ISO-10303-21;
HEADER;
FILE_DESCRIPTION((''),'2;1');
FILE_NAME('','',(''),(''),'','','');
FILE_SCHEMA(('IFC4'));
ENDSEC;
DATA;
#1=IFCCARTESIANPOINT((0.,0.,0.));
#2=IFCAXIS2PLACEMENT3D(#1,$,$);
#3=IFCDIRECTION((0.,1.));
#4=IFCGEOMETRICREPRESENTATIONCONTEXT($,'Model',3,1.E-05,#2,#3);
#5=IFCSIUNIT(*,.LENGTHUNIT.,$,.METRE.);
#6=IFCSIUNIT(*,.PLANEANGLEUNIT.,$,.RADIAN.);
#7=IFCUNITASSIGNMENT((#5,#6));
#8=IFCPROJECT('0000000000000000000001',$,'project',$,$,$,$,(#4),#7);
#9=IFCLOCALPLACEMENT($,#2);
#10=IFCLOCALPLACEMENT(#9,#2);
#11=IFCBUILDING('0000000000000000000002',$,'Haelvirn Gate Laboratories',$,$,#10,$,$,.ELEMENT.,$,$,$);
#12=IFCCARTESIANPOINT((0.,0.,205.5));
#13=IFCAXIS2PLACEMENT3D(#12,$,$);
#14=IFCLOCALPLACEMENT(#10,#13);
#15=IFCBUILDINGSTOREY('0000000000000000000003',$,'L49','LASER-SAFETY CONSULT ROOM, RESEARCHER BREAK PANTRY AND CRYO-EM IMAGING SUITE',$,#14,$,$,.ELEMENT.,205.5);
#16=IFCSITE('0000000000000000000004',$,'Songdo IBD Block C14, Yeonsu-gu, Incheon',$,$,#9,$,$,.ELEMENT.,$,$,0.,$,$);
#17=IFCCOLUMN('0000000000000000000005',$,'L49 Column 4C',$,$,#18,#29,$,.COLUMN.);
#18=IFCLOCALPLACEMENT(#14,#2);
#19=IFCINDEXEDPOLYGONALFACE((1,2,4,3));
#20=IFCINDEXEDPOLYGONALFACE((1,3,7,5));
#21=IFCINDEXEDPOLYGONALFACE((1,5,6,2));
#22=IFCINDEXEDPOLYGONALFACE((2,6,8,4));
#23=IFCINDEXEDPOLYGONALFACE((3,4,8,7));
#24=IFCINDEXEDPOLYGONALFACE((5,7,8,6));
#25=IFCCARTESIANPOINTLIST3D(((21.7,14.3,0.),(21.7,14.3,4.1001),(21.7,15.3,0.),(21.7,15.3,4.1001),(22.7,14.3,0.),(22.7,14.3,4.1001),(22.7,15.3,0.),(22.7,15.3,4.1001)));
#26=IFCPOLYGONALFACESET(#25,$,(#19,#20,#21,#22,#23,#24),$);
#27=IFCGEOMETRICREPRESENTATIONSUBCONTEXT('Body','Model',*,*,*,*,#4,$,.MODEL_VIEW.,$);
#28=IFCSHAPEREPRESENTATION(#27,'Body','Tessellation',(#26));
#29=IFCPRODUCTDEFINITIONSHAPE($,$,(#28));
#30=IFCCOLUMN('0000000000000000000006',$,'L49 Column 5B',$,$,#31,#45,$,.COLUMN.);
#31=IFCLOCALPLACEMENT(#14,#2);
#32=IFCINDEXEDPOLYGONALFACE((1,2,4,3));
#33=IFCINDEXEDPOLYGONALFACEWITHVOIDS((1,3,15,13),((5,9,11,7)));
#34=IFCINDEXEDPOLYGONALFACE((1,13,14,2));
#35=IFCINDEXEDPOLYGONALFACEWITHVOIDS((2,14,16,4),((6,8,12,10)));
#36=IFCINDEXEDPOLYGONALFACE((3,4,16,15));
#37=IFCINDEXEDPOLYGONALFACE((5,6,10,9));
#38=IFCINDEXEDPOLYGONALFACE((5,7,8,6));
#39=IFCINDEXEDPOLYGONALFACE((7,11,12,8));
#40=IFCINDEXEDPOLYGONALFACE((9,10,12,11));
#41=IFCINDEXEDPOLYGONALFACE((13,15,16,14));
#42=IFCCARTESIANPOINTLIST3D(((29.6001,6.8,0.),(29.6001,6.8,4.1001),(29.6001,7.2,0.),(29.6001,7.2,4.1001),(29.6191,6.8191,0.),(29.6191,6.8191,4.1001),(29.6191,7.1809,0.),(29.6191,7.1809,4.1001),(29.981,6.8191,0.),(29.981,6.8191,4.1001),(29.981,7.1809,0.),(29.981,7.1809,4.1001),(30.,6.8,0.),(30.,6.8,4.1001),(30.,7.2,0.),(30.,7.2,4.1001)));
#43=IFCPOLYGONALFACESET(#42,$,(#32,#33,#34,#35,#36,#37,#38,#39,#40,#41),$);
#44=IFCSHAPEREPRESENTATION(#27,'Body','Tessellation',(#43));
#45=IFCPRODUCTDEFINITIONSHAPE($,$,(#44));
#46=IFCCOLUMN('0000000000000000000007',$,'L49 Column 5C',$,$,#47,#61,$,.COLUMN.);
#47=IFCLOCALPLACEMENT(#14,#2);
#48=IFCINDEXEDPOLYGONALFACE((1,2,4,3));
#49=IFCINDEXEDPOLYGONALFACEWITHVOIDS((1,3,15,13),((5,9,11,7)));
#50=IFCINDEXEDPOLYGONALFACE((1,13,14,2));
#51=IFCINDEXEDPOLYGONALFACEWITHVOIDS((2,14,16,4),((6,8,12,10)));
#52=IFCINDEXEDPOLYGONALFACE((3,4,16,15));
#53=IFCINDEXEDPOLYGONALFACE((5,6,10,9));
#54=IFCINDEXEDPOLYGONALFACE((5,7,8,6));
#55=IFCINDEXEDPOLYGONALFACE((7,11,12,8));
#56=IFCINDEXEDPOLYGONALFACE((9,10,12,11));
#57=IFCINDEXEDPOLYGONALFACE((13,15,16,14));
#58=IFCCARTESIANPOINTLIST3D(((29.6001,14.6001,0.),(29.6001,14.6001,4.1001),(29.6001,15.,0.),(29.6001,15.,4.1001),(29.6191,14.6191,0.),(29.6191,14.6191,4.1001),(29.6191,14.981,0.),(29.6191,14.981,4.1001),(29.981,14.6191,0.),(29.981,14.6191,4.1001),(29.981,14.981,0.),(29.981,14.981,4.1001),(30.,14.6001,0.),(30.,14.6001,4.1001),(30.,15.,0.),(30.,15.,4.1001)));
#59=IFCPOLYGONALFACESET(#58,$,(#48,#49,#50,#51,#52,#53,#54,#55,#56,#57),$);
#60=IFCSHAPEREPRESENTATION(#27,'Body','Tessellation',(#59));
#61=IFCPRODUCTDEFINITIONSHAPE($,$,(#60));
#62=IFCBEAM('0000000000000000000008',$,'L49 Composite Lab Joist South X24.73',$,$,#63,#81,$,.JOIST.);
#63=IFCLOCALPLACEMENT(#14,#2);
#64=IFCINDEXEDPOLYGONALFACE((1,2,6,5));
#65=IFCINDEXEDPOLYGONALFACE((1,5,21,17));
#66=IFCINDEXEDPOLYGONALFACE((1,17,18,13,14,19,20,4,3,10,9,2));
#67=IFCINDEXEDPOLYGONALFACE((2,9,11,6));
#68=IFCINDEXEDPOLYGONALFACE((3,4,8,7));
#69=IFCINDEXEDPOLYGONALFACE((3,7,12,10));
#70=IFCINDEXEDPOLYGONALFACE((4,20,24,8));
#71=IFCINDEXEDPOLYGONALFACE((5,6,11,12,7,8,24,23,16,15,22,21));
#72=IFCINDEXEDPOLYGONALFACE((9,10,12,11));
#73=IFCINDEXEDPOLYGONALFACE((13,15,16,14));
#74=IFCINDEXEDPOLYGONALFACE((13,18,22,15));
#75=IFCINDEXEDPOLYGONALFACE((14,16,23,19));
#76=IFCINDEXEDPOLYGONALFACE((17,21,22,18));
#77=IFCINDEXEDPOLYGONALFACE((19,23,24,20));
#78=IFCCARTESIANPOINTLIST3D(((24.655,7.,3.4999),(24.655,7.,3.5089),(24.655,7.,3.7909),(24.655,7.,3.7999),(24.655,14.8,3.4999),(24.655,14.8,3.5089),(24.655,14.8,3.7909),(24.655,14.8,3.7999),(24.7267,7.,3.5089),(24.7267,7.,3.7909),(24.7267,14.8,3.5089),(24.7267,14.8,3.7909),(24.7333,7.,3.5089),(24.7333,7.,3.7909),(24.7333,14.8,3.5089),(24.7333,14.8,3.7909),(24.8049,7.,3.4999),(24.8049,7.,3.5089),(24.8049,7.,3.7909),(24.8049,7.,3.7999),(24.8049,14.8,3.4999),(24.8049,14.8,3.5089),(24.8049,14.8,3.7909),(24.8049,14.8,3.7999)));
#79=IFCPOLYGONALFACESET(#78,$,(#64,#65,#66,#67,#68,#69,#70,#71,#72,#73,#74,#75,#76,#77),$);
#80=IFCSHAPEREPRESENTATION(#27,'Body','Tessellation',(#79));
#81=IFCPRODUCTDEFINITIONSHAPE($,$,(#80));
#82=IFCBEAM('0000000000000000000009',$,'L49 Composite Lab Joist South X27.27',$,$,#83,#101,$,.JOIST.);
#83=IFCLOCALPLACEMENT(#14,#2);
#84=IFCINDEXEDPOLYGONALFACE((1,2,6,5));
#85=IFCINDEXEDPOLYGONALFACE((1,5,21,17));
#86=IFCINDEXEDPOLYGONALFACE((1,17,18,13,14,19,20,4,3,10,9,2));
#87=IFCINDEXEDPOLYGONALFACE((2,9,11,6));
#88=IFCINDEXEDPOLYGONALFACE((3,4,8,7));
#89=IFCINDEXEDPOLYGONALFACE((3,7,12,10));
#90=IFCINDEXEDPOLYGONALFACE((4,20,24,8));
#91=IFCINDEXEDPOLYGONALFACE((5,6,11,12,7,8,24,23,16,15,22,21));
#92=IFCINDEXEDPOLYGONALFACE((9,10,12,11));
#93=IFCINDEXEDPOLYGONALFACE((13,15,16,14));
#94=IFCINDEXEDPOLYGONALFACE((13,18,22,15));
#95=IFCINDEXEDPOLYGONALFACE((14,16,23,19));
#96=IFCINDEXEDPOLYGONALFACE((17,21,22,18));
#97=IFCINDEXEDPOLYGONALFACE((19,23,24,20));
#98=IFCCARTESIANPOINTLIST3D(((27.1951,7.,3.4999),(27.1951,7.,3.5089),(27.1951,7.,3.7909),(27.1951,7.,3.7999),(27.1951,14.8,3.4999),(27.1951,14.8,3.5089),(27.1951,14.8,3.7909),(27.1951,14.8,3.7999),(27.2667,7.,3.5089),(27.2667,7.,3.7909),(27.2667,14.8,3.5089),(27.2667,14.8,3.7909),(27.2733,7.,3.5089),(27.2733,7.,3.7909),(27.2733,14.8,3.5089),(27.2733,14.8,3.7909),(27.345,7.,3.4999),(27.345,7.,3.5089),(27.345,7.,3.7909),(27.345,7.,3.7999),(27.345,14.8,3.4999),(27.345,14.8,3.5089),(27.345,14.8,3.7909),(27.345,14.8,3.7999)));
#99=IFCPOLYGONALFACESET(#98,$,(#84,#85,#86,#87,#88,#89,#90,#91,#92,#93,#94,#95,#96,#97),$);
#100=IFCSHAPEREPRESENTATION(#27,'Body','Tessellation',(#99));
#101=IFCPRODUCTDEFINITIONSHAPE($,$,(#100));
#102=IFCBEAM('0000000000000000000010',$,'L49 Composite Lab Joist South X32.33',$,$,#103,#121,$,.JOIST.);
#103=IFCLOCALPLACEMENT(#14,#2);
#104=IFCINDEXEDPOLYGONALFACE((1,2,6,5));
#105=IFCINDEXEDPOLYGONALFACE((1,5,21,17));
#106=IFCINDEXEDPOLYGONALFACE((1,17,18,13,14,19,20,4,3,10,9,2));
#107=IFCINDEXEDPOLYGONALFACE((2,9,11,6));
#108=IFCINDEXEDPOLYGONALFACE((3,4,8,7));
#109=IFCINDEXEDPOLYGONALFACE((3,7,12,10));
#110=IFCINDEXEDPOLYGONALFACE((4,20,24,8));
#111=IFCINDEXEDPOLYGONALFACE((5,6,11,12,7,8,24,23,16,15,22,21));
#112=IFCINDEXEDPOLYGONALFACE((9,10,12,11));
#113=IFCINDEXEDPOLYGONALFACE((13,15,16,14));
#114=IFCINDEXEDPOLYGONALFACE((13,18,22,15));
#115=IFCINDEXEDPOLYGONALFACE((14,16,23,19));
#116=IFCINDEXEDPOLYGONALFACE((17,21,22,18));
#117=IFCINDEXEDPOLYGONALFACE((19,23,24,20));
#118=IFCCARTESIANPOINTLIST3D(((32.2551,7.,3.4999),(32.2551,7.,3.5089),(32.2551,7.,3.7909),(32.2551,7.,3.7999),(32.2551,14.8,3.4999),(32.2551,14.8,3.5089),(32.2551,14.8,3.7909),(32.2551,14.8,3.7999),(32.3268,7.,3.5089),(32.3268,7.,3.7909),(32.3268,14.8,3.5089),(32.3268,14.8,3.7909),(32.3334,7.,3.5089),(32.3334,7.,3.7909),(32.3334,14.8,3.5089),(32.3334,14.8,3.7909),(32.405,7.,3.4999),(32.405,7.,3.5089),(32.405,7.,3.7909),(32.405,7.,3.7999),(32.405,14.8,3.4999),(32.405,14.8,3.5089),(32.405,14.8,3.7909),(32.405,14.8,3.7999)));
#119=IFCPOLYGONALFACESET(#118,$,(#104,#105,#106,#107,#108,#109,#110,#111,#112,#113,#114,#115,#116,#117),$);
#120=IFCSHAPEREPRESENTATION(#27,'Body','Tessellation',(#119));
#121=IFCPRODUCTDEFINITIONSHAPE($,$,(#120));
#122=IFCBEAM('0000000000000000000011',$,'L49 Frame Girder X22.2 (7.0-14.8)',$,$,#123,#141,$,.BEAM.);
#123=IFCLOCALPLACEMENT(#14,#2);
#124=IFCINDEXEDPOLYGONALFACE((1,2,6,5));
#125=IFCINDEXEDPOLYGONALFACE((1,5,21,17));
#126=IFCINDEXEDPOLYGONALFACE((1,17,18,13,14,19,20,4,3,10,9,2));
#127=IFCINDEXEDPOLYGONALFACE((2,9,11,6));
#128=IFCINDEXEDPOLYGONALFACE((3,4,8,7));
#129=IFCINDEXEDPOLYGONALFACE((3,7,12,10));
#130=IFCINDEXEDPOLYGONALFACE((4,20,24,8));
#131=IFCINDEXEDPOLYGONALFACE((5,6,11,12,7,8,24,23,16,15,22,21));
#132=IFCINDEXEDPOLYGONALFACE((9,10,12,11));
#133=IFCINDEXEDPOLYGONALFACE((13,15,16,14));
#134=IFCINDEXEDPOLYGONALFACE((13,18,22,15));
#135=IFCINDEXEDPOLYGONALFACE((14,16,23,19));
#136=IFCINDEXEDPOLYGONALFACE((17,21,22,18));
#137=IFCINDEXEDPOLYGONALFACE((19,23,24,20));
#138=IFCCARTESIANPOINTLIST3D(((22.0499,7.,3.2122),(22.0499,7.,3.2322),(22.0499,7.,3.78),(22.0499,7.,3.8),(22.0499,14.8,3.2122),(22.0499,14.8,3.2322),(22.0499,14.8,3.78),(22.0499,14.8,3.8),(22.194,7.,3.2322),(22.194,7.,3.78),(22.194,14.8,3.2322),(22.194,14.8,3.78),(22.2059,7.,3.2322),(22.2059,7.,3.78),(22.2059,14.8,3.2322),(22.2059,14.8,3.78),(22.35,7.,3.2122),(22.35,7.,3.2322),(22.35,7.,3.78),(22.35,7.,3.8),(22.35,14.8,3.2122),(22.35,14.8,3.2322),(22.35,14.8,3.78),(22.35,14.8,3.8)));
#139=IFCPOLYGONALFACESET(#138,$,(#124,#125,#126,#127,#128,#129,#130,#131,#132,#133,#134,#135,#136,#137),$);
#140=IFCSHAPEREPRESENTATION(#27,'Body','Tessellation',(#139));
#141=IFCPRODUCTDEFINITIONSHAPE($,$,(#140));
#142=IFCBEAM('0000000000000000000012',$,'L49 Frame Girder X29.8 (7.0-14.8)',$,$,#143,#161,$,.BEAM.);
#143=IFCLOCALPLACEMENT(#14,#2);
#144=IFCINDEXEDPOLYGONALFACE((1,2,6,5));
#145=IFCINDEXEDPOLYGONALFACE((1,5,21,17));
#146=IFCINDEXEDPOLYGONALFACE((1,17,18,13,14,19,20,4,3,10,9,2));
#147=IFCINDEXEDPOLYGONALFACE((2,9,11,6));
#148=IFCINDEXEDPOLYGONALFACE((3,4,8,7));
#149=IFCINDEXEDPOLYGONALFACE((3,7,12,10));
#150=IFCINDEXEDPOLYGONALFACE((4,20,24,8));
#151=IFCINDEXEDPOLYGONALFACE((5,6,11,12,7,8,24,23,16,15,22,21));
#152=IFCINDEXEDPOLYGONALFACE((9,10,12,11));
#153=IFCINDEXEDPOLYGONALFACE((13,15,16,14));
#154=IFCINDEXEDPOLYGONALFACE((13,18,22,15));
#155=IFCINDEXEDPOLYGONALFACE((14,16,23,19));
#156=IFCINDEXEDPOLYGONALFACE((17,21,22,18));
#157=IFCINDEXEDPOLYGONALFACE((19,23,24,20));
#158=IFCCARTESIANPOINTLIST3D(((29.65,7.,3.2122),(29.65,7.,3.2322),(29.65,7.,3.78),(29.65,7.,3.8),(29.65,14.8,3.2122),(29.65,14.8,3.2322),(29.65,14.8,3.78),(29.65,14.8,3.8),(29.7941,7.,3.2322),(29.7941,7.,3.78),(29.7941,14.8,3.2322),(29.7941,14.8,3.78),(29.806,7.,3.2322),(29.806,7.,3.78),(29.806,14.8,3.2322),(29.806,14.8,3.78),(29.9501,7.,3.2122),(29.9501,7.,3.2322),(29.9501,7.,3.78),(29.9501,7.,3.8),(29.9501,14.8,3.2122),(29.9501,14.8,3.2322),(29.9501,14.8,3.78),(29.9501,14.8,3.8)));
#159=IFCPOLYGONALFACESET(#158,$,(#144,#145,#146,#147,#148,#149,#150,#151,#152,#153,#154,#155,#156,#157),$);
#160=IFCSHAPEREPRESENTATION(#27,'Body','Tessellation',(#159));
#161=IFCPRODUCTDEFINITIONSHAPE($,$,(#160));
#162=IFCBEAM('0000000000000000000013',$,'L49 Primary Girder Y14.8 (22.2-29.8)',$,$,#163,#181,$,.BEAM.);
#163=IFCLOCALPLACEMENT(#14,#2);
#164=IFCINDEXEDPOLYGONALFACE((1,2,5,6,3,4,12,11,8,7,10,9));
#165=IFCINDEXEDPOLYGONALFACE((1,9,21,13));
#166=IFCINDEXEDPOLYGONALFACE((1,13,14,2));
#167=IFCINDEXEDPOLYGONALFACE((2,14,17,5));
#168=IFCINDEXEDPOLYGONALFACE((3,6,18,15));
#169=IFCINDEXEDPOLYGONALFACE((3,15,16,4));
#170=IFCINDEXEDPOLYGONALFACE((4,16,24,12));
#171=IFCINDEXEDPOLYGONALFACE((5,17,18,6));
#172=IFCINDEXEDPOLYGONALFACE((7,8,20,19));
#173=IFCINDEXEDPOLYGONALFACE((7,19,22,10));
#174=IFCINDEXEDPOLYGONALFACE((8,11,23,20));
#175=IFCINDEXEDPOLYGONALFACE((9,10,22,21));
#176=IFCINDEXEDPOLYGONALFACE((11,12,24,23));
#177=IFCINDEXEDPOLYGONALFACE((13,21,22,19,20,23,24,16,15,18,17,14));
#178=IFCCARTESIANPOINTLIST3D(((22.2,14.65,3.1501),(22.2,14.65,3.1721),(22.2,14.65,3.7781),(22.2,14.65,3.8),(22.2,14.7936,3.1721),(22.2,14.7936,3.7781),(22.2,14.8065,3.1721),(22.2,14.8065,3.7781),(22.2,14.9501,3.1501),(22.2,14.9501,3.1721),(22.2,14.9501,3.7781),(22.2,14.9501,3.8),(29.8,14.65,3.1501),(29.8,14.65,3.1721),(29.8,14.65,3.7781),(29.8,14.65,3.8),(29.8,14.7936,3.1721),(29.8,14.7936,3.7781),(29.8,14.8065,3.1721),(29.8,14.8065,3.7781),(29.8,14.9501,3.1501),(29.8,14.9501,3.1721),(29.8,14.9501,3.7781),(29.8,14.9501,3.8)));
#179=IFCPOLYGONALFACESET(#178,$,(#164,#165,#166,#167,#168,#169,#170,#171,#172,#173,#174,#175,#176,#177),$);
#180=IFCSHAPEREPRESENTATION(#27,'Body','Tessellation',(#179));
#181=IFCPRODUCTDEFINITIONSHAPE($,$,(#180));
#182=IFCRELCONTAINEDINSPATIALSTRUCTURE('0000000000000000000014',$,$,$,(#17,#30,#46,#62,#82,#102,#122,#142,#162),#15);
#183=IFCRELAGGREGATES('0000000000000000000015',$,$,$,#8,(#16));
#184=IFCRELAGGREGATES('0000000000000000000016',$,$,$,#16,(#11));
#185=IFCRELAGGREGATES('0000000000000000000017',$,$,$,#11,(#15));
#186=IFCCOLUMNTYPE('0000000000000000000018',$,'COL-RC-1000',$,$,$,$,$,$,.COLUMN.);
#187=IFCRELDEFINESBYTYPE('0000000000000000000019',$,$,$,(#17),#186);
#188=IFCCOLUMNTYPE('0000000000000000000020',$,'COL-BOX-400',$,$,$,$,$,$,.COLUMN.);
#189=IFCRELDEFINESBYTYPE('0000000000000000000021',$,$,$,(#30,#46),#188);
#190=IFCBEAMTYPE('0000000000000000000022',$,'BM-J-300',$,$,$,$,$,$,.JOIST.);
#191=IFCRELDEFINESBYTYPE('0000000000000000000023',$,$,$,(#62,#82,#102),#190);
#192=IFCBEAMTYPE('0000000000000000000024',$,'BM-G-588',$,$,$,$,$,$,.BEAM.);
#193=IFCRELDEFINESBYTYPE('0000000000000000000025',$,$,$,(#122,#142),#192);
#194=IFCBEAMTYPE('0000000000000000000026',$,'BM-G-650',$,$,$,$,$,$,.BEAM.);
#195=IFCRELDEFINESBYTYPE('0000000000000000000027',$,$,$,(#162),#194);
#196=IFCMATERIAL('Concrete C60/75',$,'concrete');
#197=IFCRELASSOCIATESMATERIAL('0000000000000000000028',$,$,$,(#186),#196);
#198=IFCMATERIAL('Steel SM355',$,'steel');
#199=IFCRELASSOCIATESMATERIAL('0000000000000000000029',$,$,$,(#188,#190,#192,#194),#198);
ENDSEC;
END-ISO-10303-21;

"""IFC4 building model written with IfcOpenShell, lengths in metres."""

from ifc_helpers import new_model, si_unit, direction, frame, origin, origin_2d, place, context, subcontext, project, spatial, rectangle, hollow_rectangle, i_section, extrude, source, transform, mapped, material, material_profile, profile_set, type_object, type_shapes, element, save


model = new_model("IFC4")

# Units and contexts
model_context = context("Model", 3, precision=1e-05, world=origin(), true_north=direction((0.0, 1.0)))
body_context = subcontext(model_context, "Body", "Model", "MODEL_VIEW")
ifc_project = project(units=[si_unit("LENGTHUNIT", "METRE"), si_unit("PLANEANGLEUNIT", "RADIAN")], contexts=[model_context])

# Site, building, storey
site_placement = place(None, origin())
site = spatial("IfcSite", under=ifc_project, at=site_placement, Name="Songdo IBD Block C14, Yeonsu-gu, Incheon", CompositionType="ELEMENT", RefElevation=0.0)
building_placement = place(site_placement, origin())
building = spatial("IfcBuilding", under=site, at=building_placement, Name="Haelvirn Gate Laboratories", CompositionType="ELEMENT")
storey_placement = place(building_placement, frame((0.0, 0.0, 205.5)))
storey = spatial("IfcBuildingStorey", under=building, at=storey_placement, Name="L49", Description="LASER-SAFETY CONSULT ROOM, RESEARCHER BREAK PANTRY AND CRYO-EM IMAGING SUITE", CompositionType="ELEMENT", Elevation=205.5)

# Columns
ifc_material_1 = material(Name="Concrete C60/75", Category="concrete")
ifc_material_profile_1 = material_profile(ifc_material_1, rectangle(XDim=1.0, YDim=1.0, at=origin_2d()), Name="RC-1000x1000")
ifc_profile_set_1 = profile_set([ifc_material_profile_1], Name="Concrete C60/75")
column_type_1 = type_object("IfcColumnType", Name="COL-RC-1000", PredefinedType="COLUMN", material=ifc_profile_set_1)
shared_shape_1 = source(origin(), body_context, "Body", "SweptSolid", [
    extrude(rectangle(XDim=1.0, YDim=1.0, at=origin_2d()), origin(), (0.0, 0.0, 1.0), 4.1001),
])
type_shapes(column_type_1, [shared_shape_1])
column_placement = place(storey_placement, frame((22.2, 14.8, 0.0), z_axis=(0.0, 0.0, 1.0), x_axis=(1.0, 0.0, 0.0)))
element("IfcColumn", 1, at=column_placement, inside=storey, type_object=column_type_1, Name="L49 Column 4C", PredefinedType="COLUMN", context=body_context, shape_type="MappedRepresentation", body=[
    mapped(shared_shape_1, transform((0.0, 0.0, 0.0), scale=1.0)),
])
ifc_material_2 = material(Name="Steel SM355", Category="steel")
ifc_material_profile_2 = material_profile(ifc_material_2, hollow_rectangle(XDim=0.3999, YDim=0.3999, WallThickness=0.019, at=origin_2d()), Name="BOX-400x400x19")
ifc_profile_set_2 = profile_set([ifc_material_profile_2], Name="Steel SM355")
column_type_2 = type_object("IfcColumnType", Name="COL-BOX-400", PredefinedType="COLUMN", material=ifc_profile_set_2)
shared_shape_2 = source(origin(), body_context, "Body", "SweptSolid", [
    extrude(hollow_rectangle(XDim=0.3999, YDim=0.3999, WallThickness=0.019, at=origin_2d()), origin(), (0.0, 0.0, 1.0), 4.1001),
])
type_shapes(column_type_2, [shared_shape_2])
for number, where, z_axis, x_axis, name in (
    (2, (29.8, 7.0, 0.0), (0.0, 0.0, 1.0), (1.0, 0.0, 0.0), "L49 Column 5B"),
    (3, (29.8, 14.8, 0.0), (0.0, 0.0, 1.0), (1.0, 0.0, 0.0), "L49 Column 5C"),
):
    element("IfcColumn", number, at=place(storey_placement, frame(where, z_axis=z_axis, x_axis=x_axis)), inside=storey, type_object=column_type_2, Name=name, PredefinedType="COLUMN", context=body_context, shape_type="MappedRepresentation", body=[
        mapped(shared_shape_2, transform((0.0, 0.0, 0.0), scale=1.0)),
    ])

# Beams
ifc_material_profile_3 = material_profile(ifc_material_2, i_section(OverallWidth=0.1499, OverallDepth=0.3, WebThickness=0.0066, FlangeThickness=0.009, at=origin_2d()), Name="H-300x150x6.5x9")
ifc_profile_set_3 = profile_set([ifc_material_profile_3], Name="Steel SM355")
beam_type_1 = type_object("IfcBeamType", Name="BM-J-300", PredefinedType="JOIST", material=ifc_profile_set_3)
shared_shape_3 = source(origin(), body_context, "Body", "SweptSolid", [
    extrude(i_section(OverallWidth=0.1499, OverallDepth=0.3, WebThickness=0.0066, FlangeThickness=0.009, at=origin_2d()), origin(), (0.0, 0.0, 1.0), 7.8),
])
type_shapes(beam_type_1, [shared_shape_3])
for number, where, z_axis, x_axis, name in (
    (4, (24.73, 7.0, 3.6499), (0.0, 1.0, 0.0), (-1.0, 0.0, 0.0), "L49 Composite Lab Joist South X24.73"),
    (5, (27.27, 7.0, 3.6499), (0.0, 1.0, 0.0), (-1.0, 0.0, 0.0), "L49 Composite Lab Joist South X27.27"),
    (6, (32.3301, 7.0, 3.6499), (0.0, 1.0, 0.0), (-1.0, 0.0, 0.0), "L49 Composite Lab Joist South X32.33"),
):
    element("IfcBeam", number, at=place(storey_placement, frame(where, z_axis=z_axis, x_axis=x_axis)), inside=storey, type_object=beam_type_1, Name=name, PredefinedType="JOIST", context=body_context, shape_type="MappedRepresentation", body=[
        mapped(shared_shape_3, transform((0.0, 0.0, 0.0), scale=1.0)),
    ])
ifc_material_profile_4 = material_profile(ifc_material_2, i_section(OverallWidth=0.3, OverallDepth=0.5879, WebThickness=0.012, FlangeThickness=0.02, at=origin_2d()), Name="H-588x300x12x20")
ifc_profile_set_4 = profile_set([ifc_material_profile_4], Name="Steel SM355")
beam_type_2 = type_object("IfcBeamType", Name="BM-G-588", PredefinedType="BEAM", material=ifc_profile_set_4)
shared_shape_4 = source(origin(), body_context, "Body", "SweptSolid", [
    extrude(i_section(OverallWidth=0.3, OverallDepth=0.5879, WebThickness=0.012, FlangeThickness=0.02, at=origin_2d()), origin(), (0.0, 0.0, 1.0), 7.8),
])
type_shapes(beam_type_2, [shared_shape_4])
for number, where, z_axis, x_axis, name in (
    (7, (22.2, 7.0, 3.5061), (0.0, 1.0, 0.0), (-1.0, 0.0, 0.0), "L49 Frame Girder X22.2 (7.0-14.8)"),
    (8, (29.8, 7.0, 3.5061), (0.0, 1.0, 0.0), (-1.0, 0.0, 0.0), "L49 Frame Girder X29.8 (7.0-14.8)"),
):
    element("IfcBeam", number, at=place(storey_placement, frame(where, z_axis=z_axis, x_axis=x_axis)), inside=storey, type_object=beam_type_2, Name=name, PredefinedType="BEAM", context=body_context, shape_type="MappedRepresentation", body=[
        mapped(shared_shape_4, transform((0.0, 0.0, 0.0), scale=1.0)),
    ])
ifc_material_profile_5 = material_profile(ifc_material_2, i_section(OverallWidth=0.3, OverallDepth=0.6499, WebThickness=0.0129, FlangeThickness=0.022, at=origin_2d()), Name="H-650x300x13x22")
ifc_profile_set_5 = profile_set([ifc_material_profile_5], Name="Steel SM355")
beam_type_3 = type_object("IfcBeamType", Name="BM-G-650", PredefinedType="BEAM", material=ifc_profile_set_5)
shared_shape_5 = source(origin(), body_context, "Body", "SweptSolid", [
    extrude(i_section(OverallWidth=0.3, OverallDepth=0.6499, WebThickness=0.0129, FlangeThickness=0.022, at=origin_2d()), origin(), (0.0, 0.0, 1.0), 7.6001),
])
beam_placement = place(storey_placement, frame((22.2, 14.8, 3.4751), z_axis=(1.0, 0.0, 0.0), x_axis=(0.0, 1.0, 0.0)))
element("IfcBeam", 9, at=beam_placement, inside=storey, type_object=beam_type_3, Name="L49 Primary Girder Y14.8 (22.2-29.8)", PredefinedType="BEAM", context=body_context, shape_type="MappedRepresentation", body=[
    mapped(shared_shape_5, transform((0.0, 0.0, 0.0), scale=1.0)),
])

save(model, "model.ifc")
